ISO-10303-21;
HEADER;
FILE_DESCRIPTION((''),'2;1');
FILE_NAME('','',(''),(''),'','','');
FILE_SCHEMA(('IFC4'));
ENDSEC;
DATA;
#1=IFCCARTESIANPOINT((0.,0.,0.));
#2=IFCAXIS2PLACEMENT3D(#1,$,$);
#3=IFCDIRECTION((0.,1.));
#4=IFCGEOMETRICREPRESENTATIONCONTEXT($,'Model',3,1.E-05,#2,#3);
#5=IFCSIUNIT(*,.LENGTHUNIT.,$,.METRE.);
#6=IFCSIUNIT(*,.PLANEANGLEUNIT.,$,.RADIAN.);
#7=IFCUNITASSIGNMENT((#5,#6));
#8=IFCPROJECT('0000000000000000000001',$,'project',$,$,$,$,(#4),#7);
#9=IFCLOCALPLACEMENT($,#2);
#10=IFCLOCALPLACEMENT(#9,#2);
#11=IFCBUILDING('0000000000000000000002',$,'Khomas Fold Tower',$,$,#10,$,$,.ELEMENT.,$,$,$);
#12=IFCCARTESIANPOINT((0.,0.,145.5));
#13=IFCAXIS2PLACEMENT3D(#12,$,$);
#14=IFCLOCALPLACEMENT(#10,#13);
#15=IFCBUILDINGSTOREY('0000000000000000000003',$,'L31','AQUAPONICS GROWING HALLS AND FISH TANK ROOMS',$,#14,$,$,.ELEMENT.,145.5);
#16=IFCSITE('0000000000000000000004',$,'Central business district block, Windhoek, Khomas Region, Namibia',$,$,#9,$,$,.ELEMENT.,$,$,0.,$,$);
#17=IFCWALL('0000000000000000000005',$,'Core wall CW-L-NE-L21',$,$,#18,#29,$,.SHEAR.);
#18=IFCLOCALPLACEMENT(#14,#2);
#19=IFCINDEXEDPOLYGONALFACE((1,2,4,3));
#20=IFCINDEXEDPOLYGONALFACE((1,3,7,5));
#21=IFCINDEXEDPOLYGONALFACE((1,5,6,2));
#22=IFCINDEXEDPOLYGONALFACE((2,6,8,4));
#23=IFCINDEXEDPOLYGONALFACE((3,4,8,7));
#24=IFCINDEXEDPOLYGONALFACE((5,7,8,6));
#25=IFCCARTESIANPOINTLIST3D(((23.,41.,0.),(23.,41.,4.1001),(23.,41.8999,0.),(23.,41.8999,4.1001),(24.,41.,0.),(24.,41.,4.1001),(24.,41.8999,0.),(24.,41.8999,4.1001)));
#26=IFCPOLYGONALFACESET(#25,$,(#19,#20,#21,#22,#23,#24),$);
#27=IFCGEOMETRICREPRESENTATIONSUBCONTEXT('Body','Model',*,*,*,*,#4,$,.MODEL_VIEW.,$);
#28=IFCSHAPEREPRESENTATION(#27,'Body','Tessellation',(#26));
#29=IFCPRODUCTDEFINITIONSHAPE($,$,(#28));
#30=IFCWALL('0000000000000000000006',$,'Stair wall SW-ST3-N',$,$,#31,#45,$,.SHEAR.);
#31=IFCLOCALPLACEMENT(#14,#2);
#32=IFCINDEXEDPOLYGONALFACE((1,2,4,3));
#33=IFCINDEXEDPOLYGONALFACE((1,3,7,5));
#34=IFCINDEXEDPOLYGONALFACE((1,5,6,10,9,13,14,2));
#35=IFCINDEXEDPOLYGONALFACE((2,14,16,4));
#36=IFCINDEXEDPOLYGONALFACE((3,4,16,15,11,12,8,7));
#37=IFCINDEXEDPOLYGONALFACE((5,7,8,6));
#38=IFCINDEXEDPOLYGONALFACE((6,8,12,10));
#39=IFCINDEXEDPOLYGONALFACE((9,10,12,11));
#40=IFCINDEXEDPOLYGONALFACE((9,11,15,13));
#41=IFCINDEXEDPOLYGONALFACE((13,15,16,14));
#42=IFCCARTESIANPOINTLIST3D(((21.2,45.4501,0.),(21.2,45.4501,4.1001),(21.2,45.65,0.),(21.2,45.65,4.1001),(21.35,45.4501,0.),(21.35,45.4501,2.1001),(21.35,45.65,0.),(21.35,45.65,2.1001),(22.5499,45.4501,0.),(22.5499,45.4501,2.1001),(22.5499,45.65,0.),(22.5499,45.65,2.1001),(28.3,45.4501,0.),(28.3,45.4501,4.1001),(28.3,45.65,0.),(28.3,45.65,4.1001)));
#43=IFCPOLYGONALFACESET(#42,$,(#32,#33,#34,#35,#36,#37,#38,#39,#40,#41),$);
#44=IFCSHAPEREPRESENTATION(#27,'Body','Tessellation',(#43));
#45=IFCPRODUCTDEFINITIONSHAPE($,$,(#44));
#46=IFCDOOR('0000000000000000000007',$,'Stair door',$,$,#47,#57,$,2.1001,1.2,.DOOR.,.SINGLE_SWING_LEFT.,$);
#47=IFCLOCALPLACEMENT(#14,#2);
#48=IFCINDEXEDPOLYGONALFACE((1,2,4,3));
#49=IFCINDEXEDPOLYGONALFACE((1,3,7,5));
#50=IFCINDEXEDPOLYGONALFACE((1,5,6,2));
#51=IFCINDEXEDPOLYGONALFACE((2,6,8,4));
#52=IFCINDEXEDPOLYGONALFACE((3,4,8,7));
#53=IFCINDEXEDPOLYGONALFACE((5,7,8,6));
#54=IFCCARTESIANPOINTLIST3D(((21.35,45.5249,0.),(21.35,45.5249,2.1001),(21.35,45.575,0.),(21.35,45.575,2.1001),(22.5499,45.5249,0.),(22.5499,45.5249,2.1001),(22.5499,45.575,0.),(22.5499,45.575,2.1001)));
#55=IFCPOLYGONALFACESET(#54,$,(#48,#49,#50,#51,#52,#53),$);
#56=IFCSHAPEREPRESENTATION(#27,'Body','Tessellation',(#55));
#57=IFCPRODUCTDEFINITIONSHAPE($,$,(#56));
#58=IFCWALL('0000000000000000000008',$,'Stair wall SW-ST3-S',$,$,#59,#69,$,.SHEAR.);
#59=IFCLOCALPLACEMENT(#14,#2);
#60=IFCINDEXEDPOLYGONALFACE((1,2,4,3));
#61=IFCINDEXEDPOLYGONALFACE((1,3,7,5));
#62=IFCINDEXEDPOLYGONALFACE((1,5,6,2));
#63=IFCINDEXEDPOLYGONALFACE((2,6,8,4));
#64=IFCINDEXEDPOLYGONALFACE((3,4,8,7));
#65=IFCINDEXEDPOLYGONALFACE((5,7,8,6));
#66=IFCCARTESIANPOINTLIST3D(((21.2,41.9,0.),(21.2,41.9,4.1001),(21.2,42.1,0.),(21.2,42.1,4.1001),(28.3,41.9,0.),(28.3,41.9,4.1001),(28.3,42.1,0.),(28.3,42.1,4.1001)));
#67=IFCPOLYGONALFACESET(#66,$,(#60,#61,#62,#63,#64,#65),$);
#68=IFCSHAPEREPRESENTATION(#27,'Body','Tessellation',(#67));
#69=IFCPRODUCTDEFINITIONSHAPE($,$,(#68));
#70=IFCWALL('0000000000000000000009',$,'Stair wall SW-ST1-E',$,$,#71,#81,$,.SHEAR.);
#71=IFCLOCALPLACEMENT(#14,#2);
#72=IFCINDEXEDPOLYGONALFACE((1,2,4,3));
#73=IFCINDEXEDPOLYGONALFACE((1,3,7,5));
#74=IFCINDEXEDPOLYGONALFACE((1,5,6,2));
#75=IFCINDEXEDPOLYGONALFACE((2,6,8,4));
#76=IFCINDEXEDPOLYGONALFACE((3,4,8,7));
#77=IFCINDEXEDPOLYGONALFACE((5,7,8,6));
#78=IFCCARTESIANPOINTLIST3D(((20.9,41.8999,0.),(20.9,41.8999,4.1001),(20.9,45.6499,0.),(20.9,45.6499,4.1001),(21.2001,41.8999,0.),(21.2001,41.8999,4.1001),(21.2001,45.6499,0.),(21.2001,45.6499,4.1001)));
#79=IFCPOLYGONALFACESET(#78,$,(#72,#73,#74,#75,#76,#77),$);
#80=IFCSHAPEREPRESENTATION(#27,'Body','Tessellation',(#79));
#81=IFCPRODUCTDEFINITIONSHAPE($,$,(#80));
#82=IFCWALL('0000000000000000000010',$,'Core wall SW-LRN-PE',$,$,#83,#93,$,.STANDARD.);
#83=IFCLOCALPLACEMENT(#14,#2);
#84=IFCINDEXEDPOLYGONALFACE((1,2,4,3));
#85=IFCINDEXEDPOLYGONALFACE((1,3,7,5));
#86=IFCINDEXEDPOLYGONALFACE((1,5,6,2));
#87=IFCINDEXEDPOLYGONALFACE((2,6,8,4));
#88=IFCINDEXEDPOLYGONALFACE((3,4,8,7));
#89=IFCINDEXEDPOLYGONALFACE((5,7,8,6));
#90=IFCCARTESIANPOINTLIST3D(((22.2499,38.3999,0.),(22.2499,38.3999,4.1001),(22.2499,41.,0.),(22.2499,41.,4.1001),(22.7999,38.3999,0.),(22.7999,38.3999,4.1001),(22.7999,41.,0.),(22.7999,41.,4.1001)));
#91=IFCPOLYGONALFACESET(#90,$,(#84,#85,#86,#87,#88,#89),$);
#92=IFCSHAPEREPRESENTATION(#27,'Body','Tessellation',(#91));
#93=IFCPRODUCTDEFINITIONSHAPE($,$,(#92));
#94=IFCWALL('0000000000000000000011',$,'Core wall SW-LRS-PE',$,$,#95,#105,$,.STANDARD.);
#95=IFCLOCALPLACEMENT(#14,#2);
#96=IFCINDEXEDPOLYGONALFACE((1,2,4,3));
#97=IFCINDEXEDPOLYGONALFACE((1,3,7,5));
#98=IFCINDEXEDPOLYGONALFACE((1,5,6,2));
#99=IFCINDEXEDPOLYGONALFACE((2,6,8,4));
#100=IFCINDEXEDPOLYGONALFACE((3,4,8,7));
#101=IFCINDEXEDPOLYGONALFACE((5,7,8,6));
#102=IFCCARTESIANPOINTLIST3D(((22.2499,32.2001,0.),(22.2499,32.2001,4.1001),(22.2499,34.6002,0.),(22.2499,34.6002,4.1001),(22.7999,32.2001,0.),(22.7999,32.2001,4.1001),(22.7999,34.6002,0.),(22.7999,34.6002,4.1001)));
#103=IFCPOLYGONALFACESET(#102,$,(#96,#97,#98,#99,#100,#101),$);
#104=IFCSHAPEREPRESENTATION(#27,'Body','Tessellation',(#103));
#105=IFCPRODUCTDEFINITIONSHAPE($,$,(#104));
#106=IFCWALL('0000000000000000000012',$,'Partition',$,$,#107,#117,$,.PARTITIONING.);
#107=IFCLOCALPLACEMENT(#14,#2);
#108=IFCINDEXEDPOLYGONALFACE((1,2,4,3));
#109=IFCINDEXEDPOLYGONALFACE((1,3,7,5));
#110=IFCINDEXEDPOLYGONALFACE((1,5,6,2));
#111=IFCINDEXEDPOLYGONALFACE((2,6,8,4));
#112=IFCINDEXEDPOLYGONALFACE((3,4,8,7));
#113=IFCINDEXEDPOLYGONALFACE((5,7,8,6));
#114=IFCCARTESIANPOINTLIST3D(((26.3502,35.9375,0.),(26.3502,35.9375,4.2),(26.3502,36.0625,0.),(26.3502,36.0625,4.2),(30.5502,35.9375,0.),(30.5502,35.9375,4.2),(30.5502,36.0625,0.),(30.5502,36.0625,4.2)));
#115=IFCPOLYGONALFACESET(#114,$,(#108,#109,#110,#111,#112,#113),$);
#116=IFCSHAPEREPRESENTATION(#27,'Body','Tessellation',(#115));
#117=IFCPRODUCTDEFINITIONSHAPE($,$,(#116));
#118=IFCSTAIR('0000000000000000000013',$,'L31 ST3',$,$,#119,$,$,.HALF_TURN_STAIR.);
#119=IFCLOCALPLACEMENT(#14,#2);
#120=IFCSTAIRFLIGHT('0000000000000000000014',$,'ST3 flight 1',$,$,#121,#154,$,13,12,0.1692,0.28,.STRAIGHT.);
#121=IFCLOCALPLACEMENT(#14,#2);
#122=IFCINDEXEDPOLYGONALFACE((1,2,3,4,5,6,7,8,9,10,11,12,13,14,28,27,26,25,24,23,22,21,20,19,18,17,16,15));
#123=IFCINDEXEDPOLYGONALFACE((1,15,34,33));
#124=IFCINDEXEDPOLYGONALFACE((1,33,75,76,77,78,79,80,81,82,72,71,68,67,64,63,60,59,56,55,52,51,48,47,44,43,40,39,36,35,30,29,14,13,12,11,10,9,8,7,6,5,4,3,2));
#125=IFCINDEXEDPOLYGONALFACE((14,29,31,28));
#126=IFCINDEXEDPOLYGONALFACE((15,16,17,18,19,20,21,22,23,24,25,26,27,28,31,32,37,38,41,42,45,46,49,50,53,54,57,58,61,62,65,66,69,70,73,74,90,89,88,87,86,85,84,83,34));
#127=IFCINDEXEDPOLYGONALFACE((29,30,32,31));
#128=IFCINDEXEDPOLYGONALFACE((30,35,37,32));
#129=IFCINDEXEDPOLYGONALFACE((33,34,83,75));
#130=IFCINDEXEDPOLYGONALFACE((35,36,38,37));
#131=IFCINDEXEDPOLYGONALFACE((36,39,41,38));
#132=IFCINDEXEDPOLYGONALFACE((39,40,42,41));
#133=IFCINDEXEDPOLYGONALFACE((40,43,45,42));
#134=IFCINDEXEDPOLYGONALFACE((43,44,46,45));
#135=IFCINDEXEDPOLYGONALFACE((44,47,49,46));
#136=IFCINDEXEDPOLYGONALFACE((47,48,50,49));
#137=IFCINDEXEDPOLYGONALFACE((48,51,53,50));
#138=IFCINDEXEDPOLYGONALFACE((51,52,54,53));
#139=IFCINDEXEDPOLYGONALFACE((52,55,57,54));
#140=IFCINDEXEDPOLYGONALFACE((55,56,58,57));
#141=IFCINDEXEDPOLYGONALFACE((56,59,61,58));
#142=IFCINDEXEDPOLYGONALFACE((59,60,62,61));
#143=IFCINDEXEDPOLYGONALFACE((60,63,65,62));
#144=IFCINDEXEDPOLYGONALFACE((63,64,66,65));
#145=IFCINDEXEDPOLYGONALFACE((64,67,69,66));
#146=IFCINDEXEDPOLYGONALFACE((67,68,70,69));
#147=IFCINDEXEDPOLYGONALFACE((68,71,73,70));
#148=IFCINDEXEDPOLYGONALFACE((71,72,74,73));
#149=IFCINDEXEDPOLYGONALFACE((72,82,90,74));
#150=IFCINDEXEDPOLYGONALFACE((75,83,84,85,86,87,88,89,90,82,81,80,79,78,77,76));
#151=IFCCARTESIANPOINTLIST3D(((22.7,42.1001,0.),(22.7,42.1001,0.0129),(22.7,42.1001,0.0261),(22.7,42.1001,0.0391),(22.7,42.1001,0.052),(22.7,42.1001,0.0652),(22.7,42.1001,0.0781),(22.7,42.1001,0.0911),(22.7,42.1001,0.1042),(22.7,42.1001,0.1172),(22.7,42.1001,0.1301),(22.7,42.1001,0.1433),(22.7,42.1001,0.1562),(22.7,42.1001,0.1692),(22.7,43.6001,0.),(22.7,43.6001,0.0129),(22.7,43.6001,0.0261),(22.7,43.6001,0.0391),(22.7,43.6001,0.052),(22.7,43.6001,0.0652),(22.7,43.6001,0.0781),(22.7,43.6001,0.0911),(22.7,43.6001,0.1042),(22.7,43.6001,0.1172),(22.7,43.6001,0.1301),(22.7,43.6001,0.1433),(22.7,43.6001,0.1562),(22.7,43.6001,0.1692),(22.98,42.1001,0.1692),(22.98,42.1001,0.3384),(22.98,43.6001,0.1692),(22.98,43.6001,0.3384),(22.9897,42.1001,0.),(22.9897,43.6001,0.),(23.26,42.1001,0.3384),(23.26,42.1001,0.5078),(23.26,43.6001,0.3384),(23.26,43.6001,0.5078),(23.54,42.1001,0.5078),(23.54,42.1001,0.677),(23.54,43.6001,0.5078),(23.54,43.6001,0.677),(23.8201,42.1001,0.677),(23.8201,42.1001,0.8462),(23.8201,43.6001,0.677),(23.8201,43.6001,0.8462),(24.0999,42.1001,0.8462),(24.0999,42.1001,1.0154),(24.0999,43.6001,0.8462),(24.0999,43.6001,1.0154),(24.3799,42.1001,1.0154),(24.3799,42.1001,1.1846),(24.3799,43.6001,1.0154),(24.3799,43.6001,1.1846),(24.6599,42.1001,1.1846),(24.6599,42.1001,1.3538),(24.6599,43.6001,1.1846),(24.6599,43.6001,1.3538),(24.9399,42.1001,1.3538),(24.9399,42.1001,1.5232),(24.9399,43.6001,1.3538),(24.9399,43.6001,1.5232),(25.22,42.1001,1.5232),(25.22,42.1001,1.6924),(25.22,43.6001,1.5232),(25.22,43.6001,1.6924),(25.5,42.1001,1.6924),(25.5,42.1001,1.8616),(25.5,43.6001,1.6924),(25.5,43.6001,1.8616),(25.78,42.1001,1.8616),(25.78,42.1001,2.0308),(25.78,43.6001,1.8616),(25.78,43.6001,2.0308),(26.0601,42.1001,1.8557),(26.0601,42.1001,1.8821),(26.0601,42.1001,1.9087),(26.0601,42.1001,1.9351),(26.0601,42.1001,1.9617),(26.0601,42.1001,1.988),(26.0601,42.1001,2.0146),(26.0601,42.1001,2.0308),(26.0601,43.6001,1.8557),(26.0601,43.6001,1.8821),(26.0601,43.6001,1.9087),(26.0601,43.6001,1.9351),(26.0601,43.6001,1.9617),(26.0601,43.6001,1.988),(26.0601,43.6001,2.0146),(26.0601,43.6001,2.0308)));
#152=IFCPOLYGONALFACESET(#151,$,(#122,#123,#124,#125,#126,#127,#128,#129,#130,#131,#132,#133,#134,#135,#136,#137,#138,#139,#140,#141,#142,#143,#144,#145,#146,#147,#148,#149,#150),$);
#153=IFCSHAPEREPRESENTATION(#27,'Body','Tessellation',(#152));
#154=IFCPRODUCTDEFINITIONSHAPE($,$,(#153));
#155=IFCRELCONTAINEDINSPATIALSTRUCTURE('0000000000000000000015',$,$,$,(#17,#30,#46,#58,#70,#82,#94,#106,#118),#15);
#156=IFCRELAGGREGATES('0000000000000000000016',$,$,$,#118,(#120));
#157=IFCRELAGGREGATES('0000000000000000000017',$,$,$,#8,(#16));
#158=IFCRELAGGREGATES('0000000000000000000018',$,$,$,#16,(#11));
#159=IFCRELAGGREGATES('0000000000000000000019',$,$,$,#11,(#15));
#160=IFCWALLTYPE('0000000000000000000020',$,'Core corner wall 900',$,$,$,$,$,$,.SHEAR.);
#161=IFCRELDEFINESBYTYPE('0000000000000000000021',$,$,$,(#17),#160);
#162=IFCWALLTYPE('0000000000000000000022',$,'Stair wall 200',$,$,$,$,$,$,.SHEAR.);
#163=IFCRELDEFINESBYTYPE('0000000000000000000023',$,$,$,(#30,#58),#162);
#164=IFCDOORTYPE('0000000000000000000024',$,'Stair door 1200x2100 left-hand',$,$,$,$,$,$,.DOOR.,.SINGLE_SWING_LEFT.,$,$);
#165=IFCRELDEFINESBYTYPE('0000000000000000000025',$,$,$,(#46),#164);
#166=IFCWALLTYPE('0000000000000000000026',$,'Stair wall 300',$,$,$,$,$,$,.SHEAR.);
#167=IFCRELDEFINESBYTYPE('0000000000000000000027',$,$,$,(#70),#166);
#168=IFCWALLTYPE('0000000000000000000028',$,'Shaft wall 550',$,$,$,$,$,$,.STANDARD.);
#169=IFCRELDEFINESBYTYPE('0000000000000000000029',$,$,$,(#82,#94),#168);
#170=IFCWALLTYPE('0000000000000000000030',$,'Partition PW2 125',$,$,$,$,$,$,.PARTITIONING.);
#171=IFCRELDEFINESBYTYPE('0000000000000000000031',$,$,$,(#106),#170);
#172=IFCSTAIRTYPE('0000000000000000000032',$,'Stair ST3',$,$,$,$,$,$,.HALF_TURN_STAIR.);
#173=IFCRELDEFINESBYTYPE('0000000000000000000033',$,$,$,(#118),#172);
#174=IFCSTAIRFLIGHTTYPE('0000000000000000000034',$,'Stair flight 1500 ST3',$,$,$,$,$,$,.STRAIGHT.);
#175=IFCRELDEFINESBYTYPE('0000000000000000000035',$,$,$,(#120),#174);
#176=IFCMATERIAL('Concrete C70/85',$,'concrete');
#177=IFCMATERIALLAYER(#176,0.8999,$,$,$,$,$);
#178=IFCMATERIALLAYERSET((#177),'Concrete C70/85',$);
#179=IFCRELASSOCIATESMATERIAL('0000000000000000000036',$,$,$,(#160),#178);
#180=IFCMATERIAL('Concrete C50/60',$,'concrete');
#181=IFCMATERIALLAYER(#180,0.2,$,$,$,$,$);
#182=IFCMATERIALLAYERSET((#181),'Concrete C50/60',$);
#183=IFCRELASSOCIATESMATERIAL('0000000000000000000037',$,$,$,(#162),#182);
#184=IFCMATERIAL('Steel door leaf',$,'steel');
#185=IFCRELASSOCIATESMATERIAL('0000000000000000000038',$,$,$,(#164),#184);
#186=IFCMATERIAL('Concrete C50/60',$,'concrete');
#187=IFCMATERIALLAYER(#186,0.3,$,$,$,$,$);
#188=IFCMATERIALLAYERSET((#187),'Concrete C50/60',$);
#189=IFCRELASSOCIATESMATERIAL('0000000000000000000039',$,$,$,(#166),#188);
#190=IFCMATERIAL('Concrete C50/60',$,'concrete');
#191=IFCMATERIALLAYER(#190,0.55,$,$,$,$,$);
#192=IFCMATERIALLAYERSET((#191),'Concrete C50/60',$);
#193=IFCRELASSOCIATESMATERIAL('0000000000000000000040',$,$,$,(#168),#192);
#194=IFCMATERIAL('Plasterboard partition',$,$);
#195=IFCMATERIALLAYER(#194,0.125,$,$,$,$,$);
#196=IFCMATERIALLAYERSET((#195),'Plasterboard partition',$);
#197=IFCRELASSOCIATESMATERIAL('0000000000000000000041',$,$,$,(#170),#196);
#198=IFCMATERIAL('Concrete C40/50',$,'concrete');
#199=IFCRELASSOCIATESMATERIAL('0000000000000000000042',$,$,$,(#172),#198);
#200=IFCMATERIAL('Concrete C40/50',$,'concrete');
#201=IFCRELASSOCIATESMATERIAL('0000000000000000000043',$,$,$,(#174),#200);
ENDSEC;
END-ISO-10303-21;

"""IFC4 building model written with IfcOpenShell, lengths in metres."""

from ifc_helpers import new_model, si_unit, direction, frame, frame_2d, origin, place, context, subcontext, project, spatial, polyline, rectangle, outline, extrude, source, transform, mapped, material, layer, layer_set, type_object, element, fill, aggregate, save


model = new_model("IFC4")

# Units and contexts
model_context = context("Model", 3, precision=1e-05, world=origin(), true_north=direction((0.0, 1.0)))
body_context = subcontext(model_context, "Body", "Model", "MODEL_VIEW")
ifc_project = project(units=[si_unit("LENGTHUNIT", "METRE"), si_unit("PLANEANGLEUNIT", "RADIAN")], contexts=[model_context])

# Site, building, storey
site_placement = place(None, origin())
site = spatial("IfcSite", under=ifc_project, at=site_placement, Name="Central business district block, Windhoek, Khomas Region, Namibia", CompositionType="ELEMENT", RefElevation=0.0)
building_placement = place(site_placement, origin())
building = spatial("IfcBuilding", under=site, at=building_placement, Name="Khomas Fold Tower", CompositionType="ELEMENT")
storey_placement = place(building_placement, frame((0.0, 0.0, 145.5)))
storey = spatial("IfcBuildingStorey", under=building, at=storey_placement, Name="L31", Description="AQUAPONICS GROWING HALLS AND FISH TANK ROOMS", CompositionType="ELEMENT", Elevation=145.5)

# Wall
ifc_material_1 = material(Name="Concrete C70/85", Category="concrete")
ifc_layer_1 = layer(ifc_material_1, 0.8999)
ifc_layer_set_1 = layer_set([ifc_layer_1], Name="Concrete C70/85")
wall_type_1 = type_object("IfcWallType", Name="Core corner wall 900", PredefinedType="SHEAR", material=ifc_layer_set_1)
shared_shape_1 = source(origin(), body_context, "Body", "SweptSolid", [
    extrude(rectangle(XDim=1.0, YDim=0.8999, at=frame_2d((0.5, 0.0))), origin(), (0.0, 0.0, 1.0), 4.1001),
])
wall_1_placement = place(storey_placement, frame((23.0, 41.45, 0.0), z_axis=(0.0, 0.0, 1.0), x_axis=(1.0, 0.0, 0.0)))
element("IfcWall", 1, at=wall_1_placement, inside=storey, type_object=wall_type_1, Name="Core wall CW-L-NE-L21", PredefinedType="SHEAR", context=body_context, shape_type="MappedRepresentation", body=[
    mapped(shared_shape_1, transform((0.0, 0.0, 0.0))),
])

# Wall, opening, door
ifc_material_2 = material(Name="Concrete C50/60", Category="concrete")
ifc_layer_2 = layer(ifc_material_2, 0.2)
ifc_layer_set_2 = layer_set([ifc_layer_2], Name="Concrete C50/60")
wall_type_2 = type_object("IfcWallType", Name="Stair wall 200", PredefinedType="SHEAR", material=ifc_layer_set_2)
shared_shape_2 = source(origin(), body_context, "Body", "SweptSolid", [
    extrude(rectangle(XDim=7.1001, YDim=0.2, at=frame_2d((3.55, 0.0))), origin(), (0.0, 0.0, 1.0), 4.1001),
])
wall_2_placement = place(storey_placement, frame((21.2, 45.55, 0.0), z_axis=(0.0, 0.0, 1.0), x_axis=(1.0, 0.0, 0.0)))
wall_2 = element("IfcWall", 2, at=wall_2_placement, inside=storey, type_object=wall_type_2, Name="Stair wall SW-ST3-N", PredefinedType="SHEAR", context=body_context, shape_type="MappedRepresentation", body=[
    mapped(shared_shape_2, transform((0.0, 0.0, 0.0))),
])
shared_shape_3 = source(origin(), body_context, "Body", "SweptSolid", [
    extrude(rectangle(XDim=1.2, YDim=2.1001, at=frame_2d((0.6001, 1.05))), frame((0.0, 0.1099, 0.0), z_axis=(0.0, -1.0, 0.0), x_axis=(1.0, 0.0, 0.0)), (0.0, 0.0, 1.0), 0.22),
])
opening_placement = place(wall_2_placement, frame((0.1499, 0.0, 0.0)))
opening = element("IfcOpeningElement", 3, at=opening_placement, cuts=wall_2, PredefinedType="OPENING", context=body_context, shape_type="MappedRepresentation", body=[
    mapped(shared_shape_3, transform((0.0, 0.0, 0.0))),
])
ifc_material_3 = material(Name="Steel door leaf", Category="steel")
door_type = type_object("IfcDoorType", Name="Stair door 1200x2100 left-hand", OperationType="SINGLE_SWING_LEFT", PredefinedType="DOOR", material=ifc_material_3)
shared_shape_4 = source(origin(), body_context, "Body", "SweptSolid", [
    extrude(rectangle(XDim=1.2, YDim=2.1001, at=frame_2d((0.6001, 1.05))), frame((0.0, 0.0249, 0.0), z_axis=(0.0, -1.0, 0.0), x_axis=(1.0, 0.0, 0.0)), (0.0, 0.0, 1.0), 0.05),
])
door_placement = place(opening_placement, origin())
door = element("IfcDoor", 4, at=door_placement, inside=storey, type_object=door_type, Name="Stair door", OperationType="SINGLE_SWING_LEFT", OverallHeight=2.1001, OverallWidth=1.2, PredefinedType="DOOR", context=body_context, shape_type="MappedRepresentation", body=[
    mapped(shared_shape_4, transform((0.0, 0.0, 0.0))),
])
fill(opening, door)

# Walls
wall_3_placement = place(storey_placement, frame((21.2, 42.0, 0.0), z_axis=(0.0, 0.0, 1.0), x_axis=(1.0, 0.0, 0.0)))
element("IfcWall", 5, at=wall_3_placement, inside=storey, type_object=wall_type_2, Name="Stair wall SW-ST3-S", PredefinedType="SHEAR", context=body_context, shape_type="MappedRepresentation", body=[
    mapped(shared_shape_2, transform((0.0, 0.0, 0.0))),
])
ifc_material_4 = material(Name="Concrete C50/60", Category="concrete")
ifc_layer_3 = layer(ifc_material_4, 0.3)
ifc_layer_set_3 = layer_set([ifc_layer_3], Name="Concrete C50/60")
wall_type_3 = type_object("IfcWallType", Name="Stair wall 300", PredefinedType="SHEAR", material=ifc_layer_set_3)
shared_shape_5 = source(origin(), body_context, "Body", "SweptSolid", [
    extrude(rectangle(XDim=3.75, YDim=0.3, at=frame_2d((1.875, 0.0))), origin(), (0.0, 0.0, 1.0), 4.1001),
])
wall_4_placement = place(storey_placement, frame((21.05, 41.8999, 0.0), z_axis=(0.0, 0.0, 1.0), x_axis=(0.0, 1.0, 0.0)))
element("IfcWall", 6, at=wall_4_placement, inside=storey, type_object=wall_type_3, Name="Stair wall SW-ST1-E", PredefinedType="SHEAR", context=body_context, shape_type="MappedRepresentation", body=[
    mapped(shared_shape_5, transform((0.0, 0.0, 0.0))),
])
ifc_material_5 = material(Name="Concrete C50/60", Category="concrete")
ifc_layer_4 = layer(ifc_material_5, 0.55)
ifc_layer_set_4 = layer_set([ifc_layer_4], Name="Concrete C50/60")
wall_type_4 = type_object("IfcWallType", Name="Shaft wall 550", PredefinedType="STANDARD", material=ifc_layer_set_4)
shared_shape_6 = source(origin(), body_context, "Body", "SweptSolid", [
    extrude(rectangle(XDim=2.6001, YDim=0.55, at=frame_2d((1.3, 0.0))), origin(), (0.0, 0.0, 1.0), 4.1001),
])
wall_5_placement = place(storey_placement, frame((22.5249, 38.3999, 0.0), z_axis=(0.0, 0.0, 1.0), x_axis=(0.0, 1.0, 0.0)))
element("IfcWall", 7, at=wall_5_placement, inside=storey, type_object=wall_type_4, Name="Core wall SW-LRN-PE", PredefinedType="STANDARD", context=body_context, shape_type="MappedRepresentation", body=[
    mapped(shared_shape_6, transform((0.0, 0.0, 0.0))),
])
shared_shape_7 = source(origin(), body_context, "Body", "SweptSolid", [
    extrude(rectangle(XDim=2.4001, YDim=0.55, at=frame_2d((1.2002, 0.0))), origin(), (0.0, 0.0, 1.0), 4.1001),
])
wall_6_placement = place(storey_placement, frame((22.5249, 32.2, 0.0), z_axis=(0.0, 0.0, 1.0), x_axis=(0.0, 1.0, 0.0)))
element("IfcWall", 8, at=wall_6_placement, inside=storey, type_object=wall_type_4, Name="Core wall SW-LRS-PE", PredefinedType="STANDARD", context=body_context, shape_type="MappedRepresentation", body=[
    mapped(shared_shape_7, transform((0.0, 0.0, 0.0))),
])
ifc_material_6 = material(Name="Plasterboard partition")
ifc_layer_5 = layer(ifc_material_6, 0.125)
ifc_layer_set_5 = layer_set([ifc_layer_5], Name="Plasterboard partition")
wall_type_5 = type_object("IfcWallType", Name="Partition PW2 125", PredefinedType="PARTITIONING", material=ifc_layer_set_5)
shared_shape_8 = source(origin(), body_context, "Body", "SweptSolid", [
    extrude(rectangle(XDim=4.2, YDim=0.125, at=frame_2d((2.1001, 0.0))), origin(), (0.0, 0.0, 1.0), 4.2),
])
wall_7_placement = place(storey_placement, frame((26.3501, 36.0, 0.0), z_axis=(0.0, 0.0, 1.0), x_axis=(1.0, 0.0, 0.0)))
element("IfcWall", 9, at=wall_7_placement, inside=storey, type_object=wall_type_5, Name="Partition", PredefinedType="PARTITIONING", context=body_context, shape_type="MappedRepresentation", body=[
    mapped(shared_shape_8, transform((0.0, 0.0, 0.0))),
])

# Stair, stair flight
ifc_material_7 = material(Name="Concrete C40/50", Category="concrete")
stair_type = type_object("IfcStairType", Name="Stair ST3", PredefinedType="HALF_TURN_STAIR", material=ifc_material_7)
stair_placement = place(storey_placement, origin())
stair = element("IfcStair", 10, at=stair_placement, inside=storey, type_object=stair_type, Name="L31 ST3", PredefinedType="HALF_TURN_STAIR")
ifc_material_8 = material(Name="Concrete C40/50", Category="concrete")
stair_flight_type = type_object("IfcStairFlightType", Name="Stair flight 1500 ST3", PredefinedType="STRAIGHT", material=ifc_material_8)
shared_shape_9 = source(origin(), body_context, "Body", "SweptSolid", [
    extrude(outline(polyline([(0.0, 0.0), (0.0, 0.0129), (0.0, 0.0261), (0.0, 0.0391), (0.0, 0.052), (0.0, 0.0652), (0.0, 0.0781), (0.0, 0.0911), (0.0, 0.1042), (0.0, 0.1172), (0.0, 0.1301), (0.0, 0.1433), (0.0, 0.1562), (0.0, 0.1692), (0.28, 0.1692), (0.28, 0.3384), (0.5601, 0.3384), (0.5601, 0.5078), (0.8401, 0.5078), (0.8401, 0.677), (1.1201, 0.677), (1.1201, 0.8462), (1.3999, 0.8462), (1.3999, 1.0154), (1.6799, 1.0154), (1.6799, 1.1846), (1.96, 1.1846), (1.96, 1.3538), (2.24, 1.3538), (2.24, 1.5232), (2.52, 1.5232), (2.52, 1.6924), (2.8, 1.6924), (2.8, 1.8616), (3.0801, 1.8616), (3.0801, 2.0308), (3.3601, 2.0308), (3.3601, 2.2), (3.3601, 2.1736), (3.3601, 2.147), (3.3601, 2.1206), (3.3601, 2.094), (3.3601, 2.0676), (3.3601, 2.041), (3.3601, 2.0146), (3.3601, 1.988), (3.3601, 1.9617), (3.3601, 1.9351), (3.3601, 1.9087), (3.3601, 1.8821), (3.3601, 1.8557), (0.2898, 0.0), (0.0, 0.0)])), frame((0.0, 0.75, 0.0), z_axis=(0.0, -1.0, 0.0), x_axis=(1.0, 0.0, 0.0)), (0.0, 0.0, 1.0), 1.5),
])
stair_flight_1_placement = place(storey_placement, frame((22.7, 42.8501, 0.0), z_axis=(0.0, 0.0, 1.0), x_axis=(1.0, 0.0, 0.0)))
stair_flight_1 = element("IfcStairFlight", 11, at=stair_flight_1_placement, type_object=stair_flight_type, Name="ST3 flight 1", NumberOfRisers=13, NumberOfTreads=12, PredefinedType="STRAIGHT", RiserHeight=0.1692, TreadLength=0.28, context=body_context, shape_type="MappedRepresentation", body=[
    mapped(shared_shape_9, transform((0.0, 0.0, 0.0))),
])
aggregate(stair, [stair_flight_1])

save(model, "model.ifc")
